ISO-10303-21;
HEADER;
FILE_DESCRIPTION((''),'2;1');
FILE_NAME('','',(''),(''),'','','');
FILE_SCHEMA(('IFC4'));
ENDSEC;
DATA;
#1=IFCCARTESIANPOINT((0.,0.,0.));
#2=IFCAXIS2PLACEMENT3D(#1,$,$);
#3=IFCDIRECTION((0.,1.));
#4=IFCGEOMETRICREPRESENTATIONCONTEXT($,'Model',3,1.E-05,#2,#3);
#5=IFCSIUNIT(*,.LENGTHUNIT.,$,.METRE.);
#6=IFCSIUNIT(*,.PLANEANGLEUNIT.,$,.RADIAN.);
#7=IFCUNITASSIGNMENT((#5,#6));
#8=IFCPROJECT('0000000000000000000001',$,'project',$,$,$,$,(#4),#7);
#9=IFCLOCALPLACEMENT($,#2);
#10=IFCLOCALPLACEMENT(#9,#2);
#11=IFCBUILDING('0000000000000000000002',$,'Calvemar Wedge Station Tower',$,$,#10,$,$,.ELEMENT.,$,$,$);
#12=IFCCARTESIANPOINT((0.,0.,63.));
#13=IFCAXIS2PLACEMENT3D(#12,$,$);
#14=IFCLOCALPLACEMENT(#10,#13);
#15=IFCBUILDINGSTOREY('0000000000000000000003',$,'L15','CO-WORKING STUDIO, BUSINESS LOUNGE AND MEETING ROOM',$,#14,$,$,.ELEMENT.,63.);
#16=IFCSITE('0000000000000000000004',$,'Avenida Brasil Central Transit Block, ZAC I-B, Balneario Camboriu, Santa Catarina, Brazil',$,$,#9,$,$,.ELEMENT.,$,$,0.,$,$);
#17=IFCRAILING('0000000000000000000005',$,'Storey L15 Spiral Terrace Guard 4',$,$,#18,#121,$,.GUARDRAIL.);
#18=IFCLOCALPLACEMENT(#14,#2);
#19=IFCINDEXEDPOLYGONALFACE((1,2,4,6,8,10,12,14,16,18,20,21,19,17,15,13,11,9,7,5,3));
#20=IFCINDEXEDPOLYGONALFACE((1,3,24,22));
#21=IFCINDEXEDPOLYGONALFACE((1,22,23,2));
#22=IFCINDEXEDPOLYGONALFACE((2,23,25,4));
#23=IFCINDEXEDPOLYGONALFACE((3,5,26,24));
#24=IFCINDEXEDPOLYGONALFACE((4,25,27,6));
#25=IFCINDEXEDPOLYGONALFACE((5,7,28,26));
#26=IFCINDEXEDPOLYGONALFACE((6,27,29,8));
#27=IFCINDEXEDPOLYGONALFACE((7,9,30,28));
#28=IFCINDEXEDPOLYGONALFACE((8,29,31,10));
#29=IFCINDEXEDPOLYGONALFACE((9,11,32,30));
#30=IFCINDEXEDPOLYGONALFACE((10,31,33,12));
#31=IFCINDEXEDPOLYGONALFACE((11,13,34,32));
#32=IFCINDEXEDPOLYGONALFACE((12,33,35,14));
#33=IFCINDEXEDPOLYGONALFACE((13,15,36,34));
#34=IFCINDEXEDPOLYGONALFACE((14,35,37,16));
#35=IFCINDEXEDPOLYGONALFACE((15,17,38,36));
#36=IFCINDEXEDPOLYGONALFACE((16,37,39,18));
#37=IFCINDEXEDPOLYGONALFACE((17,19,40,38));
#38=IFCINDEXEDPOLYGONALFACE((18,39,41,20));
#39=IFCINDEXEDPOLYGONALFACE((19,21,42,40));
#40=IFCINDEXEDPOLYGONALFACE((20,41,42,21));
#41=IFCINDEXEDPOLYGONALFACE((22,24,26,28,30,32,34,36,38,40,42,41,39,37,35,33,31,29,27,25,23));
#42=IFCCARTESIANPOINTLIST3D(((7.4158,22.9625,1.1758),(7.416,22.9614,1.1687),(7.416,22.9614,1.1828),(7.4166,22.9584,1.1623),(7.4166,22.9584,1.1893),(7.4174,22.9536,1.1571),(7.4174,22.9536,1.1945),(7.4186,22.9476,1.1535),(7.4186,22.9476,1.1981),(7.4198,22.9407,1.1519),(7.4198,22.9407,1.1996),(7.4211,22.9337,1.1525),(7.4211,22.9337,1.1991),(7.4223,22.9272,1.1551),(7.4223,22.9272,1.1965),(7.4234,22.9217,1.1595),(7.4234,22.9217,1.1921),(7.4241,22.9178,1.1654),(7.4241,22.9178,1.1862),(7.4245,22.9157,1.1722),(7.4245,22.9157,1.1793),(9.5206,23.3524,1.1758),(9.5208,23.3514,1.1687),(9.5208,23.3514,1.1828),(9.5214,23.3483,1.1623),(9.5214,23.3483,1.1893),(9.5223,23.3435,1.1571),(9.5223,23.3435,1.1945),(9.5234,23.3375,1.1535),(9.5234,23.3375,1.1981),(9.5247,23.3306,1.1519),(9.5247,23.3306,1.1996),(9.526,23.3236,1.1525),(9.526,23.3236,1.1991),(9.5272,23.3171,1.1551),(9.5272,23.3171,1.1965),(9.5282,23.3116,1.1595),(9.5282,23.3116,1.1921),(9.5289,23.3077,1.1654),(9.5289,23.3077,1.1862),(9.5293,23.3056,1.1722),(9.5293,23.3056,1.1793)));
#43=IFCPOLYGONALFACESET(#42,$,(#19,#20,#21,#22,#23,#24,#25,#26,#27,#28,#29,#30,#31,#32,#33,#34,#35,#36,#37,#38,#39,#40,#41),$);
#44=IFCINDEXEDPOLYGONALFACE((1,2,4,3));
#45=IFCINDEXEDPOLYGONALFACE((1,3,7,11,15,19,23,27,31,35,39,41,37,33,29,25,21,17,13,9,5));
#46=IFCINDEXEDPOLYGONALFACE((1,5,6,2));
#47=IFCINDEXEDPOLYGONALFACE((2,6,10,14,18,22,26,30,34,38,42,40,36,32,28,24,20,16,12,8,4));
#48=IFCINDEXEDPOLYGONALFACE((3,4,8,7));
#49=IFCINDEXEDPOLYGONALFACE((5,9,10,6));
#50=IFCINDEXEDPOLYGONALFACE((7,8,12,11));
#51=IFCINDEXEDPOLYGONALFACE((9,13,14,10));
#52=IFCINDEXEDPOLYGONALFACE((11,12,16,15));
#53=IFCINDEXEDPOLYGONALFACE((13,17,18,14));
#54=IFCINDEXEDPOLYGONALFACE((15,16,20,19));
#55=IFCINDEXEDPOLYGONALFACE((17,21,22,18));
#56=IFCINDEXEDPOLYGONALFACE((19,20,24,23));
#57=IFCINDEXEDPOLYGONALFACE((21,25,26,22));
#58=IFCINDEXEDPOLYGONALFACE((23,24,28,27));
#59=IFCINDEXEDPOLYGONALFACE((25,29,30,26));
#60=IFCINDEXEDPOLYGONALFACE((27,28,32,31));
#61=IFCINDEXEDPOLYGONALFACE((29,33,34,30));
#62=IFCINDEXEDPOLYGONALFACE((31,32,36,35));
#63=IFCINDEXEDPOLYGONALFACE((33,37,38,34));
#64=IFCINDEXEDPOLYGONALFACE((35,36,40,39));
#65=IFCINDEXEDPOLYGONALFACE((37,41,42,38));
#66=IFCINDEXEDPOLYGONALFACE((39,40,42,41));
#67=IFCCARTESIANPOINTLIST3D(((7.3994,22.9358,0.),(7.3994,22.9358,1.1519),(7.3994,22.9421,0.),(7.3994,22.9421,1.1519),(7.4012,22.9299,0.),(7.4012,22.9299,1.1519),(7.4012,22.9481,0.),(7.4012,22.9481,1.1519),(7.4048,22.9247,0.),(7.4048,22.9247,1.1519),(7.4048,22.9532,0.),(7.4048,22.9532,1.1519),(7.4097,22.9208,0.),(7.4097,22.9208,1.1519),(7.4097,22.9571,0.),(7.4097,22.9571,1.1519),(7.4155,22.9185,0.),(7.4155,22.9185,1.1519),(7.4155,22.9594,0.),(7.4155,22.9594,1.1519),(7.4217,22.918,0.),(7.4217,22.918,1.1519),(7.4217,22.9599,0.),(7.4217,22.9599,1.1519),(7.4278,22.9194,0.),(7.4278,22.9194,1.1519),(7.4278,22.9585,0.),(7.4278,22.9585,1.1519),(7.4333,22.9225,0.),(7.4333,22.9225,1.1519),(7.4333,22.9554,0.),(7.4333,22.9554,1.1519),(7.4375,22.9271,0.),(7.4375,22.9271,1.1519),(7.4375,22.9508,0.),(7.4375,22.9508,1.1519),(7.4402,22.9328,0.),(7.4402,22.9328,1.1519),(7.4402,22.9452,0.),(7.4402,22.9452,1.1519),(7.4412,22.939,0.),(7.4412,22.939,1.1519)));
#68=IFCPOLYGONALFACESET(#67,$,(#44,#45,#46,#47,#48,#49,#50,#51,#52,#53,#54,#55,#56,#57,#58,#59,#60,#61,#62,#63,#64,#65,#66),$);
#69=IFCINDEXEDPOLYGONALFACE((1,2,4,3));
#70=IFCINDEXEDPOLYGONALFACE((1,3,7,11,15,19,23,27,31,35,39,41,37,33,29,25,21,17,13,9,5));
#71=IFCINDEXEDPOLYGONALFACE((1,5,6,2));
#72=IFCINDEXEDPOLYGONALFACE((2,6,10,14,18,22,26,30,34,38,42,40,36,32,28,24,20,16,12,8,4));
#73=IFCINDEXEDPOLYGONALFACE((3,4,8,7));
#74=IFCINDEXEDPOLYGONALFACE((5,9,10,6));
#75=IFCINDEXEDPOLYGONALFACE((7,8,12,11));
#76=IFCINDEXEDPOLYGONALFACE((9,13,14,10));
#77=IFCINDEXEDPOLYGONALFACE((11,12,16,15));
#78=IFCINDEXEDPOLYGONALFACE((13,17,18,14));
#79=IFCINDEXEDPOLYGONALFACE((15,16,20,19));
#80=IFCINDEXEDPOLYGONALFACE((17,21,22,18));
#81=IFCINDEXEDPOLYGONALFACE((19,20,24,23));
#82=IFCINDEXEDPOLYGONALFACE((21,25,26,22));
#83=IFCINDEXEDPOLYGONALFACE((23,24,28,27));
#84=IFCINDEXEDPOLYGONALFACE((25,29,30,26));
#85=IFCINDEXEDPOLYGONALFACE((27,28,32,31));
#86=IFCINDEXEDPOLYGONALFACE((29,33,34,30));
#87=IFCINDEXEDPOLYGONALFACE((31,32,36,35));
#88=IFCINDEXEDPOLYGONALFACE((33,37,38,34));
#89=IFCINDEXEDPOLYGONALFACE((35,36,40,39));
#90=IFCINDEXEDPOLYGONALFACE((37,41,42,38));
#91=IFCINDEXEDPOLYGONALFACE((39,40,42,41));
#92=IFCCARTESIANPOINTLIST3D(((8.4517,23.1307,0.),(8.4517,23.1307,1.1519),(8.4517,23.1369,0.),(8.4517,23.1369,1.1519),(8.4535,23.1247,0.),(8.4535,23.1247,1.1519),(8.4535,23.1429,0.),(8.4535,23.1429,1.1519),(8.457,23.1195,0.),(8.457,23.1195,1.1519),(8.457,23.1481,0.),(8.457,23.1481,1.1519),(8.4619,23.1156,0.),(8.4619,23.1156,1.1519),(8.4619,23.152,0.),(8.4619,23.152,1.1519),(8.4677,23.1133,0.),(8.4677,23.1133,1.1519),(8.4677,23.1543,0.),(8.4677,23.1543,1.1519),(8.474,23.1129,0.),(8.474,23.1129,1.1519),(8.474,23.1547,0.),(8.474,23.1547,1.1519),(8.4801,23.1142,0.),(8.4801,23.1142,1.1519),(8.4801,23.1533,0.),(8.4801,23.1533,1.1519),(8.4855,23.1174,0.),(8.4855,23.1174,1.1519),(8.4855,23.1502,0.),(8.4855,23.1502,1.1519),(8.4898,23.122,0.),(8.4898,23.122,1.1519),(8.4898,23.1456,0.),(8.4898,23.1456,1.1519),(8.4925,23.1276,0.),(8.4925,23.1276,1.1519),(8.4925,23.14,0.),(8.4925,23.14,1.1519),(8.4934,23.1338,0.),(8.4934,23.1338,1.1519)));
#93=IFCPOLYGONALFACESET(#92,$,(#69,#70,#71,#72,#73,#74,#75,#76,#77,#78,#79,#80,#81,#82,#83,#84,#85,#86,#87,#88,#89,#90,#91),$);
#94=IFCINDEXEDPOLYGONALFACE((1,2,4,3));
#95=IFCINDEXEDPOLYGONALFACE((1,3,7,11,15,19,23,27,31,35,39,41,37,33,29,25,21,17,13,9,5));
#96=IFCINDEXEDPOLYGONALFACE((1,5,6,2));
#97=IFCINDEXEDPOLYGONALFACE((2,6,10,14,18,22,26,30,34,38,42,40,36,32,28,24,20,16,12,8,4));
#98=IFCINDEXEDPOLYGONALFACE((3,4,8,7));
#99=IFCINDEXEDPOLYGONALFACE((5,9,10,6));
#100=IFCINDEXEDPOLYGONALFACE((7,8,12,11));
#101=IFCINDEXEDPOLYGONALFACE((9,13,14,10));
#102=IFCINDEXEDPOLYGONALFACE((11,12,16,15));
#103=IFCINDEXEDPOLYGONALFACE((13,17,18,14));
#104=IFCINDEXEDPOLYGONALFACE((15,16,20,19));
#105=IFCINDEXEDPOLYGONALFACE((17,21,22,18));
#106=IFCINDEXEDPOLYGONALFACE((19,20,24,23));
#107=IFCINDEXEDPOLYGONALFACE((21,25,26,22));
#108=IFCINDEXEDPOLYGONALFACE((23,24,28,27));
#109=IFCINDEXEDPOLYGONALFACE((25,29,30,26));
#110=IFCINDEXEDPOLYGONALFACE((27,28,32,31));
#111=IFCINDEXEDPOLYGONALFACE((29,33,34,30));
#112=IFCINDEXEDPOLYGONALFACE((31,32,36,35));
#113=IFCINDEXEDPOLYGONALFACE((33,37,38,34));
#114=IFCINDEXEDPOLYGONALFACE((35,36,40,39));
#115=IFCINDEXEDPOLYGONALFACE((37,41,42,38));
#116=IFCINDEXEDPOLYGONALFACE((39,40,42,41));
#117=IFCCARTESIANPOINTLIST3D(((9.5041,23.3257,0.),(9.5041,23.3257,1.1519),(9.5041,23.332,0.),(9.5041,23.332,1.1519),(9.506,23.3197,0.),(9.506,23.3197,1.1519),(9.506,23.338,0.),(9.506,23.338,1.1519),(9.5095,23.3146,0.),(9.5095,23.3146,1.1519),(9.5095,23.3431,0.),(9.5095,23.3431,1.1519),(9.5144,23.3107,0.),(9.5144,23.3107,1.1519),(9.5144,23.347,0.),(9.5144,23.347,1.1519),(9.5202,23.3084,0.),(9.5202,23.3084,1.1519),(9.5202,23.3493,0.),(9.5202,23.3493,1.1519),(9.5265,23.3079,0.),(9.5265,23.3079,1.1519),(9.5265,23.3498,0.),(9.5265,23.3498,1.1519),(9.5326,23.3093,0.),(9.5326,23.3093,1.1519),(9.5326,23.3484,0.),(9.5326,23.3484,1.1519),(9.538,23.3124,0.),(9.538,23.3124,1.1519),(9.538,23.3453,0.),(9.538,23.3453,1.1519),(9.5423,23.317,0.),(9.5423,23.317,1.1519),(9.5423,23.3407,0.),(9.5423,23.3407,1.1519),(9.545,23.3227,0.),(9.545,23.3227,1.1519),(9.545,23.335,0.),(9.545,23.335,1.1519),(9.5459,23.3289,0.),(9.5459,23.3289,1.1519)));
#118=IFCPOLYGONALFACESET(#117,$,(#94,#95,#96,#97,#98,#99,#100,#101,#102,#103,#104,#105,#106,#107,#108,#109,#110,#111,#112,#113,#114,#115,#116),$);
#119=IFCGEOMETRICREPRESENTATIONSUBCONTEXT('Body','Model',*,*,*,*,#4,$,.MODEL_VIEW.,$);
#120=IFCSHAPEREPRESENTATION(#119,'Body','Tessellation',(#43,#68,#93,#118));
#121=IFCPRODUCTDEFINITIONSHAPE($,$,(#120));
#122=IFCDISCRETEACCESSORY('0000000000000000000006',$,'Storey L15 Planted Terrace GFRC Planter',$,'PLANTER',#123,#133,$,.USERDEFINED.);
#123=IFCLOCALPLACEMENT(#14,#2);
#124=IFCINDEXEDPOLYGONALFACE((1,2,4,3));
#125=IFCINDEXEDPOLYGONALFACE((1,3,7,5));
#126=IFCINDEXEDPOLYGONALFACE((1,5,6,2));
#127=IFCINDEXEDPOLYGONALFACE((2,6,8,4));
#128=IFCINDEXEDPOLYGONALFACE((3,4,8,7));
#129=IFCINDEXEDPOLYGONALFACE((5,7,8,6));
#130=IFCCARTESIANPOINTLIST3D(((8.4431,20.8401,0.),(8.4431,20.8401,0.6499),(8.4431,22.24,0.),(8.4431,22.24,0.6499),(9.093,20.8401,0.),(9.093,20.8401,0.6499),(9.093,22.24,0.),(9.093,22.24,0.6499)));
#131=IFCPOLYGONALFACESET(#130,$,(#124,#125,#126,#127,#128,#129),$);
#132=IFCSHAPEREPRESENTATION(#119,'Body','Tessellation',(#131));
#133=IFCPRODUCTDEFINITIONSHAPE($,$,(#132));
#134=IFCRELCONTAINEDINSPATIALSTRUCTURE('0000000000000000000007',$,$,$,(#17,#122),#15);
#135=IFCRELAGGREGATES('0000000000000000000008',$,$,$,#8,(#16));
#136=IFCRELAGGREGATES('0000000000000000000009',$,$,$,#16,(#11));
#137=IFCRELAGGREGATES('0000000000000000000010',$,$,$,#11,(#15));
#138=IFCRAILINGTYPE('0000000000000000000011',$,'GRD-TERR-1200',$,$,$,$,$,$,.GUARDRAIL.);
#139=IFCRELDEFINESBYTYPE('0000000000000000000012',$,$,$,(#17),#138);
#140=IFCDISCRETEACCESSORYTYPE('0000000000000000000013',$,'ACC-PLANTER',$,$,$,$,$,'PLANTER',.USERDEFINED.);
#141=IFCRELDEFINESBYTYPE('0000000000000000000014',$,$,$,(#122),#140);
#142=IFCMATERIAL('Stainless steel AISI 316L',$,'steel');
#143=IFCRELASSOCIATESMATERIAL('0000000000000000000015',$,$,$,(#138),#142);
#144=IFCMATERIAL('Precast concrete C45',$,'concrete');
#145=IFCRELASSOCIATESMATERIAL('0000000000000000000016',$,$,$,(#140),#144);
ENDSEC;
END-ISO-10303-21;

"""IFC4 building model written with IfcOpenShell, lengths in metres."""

from ifc_helpers import new_model, si_unit, direction, frame, origin, origin_2d, place, context, subcontext, project, spatial, rectangle, circle, extrude, source, transform, mapped, material, type_object, element, save


model = new_model("IFC4")

# Units and contexts
model_context = context("Model", 3, precision=1e-05, world=origin(), true_north=direction((0.0, 1.0)))
body_context = subcontext(model_context, "Body", "Model", "MODEL_VIEW")
ifc_project = project(units=[si_unit("LENGTHUNIT", "METRE"), si_unit("PLANEANGLEUNIT", "RADIAN")], contexts=[model_context])

# Site, building, storey
site_placement = place(None, origin())
site = spatial("IfcSite", under=ifc_project, at=site_placement, Name="Avenida Brasil Central Transit Block, ZAC I-B, Balneario Camboriu, Santa Catarina, Brazil", CompositionType="ELEMENT", RefElevation=0.0)
building_placement = place(site_placement, origin())
building = spatial("IfcBuilding", under=site, at=building_placement, Name="Calvemar Wedge Station Tower", CompositionType="ELEMENT")
storey_placement = place(building_placement, frame((0.0, 0.0, 63.0)))
storey = spatial("IfcBuildingStorey", under=building, at=storey_placement, Name="L15", Description="CO-WORKING STUDIO, BUSINESS LOUNGE AND MEETING ROOM", CompositionType="ELEMENT", Elevation=63.0)

# Shared definitions
ifc_material_1 = material(Name="Precast concrete C45", Category="concrete")

# Railing
ifc_material_2 = material(Name="Stainless steel AISI 316L", Category="steel")
railing_type = type_object("IfcRailingType", Name="GRD-TERR-1200", PredefinedType="GUARDRAIL", material=ifc_material_2)
railing_1_placement = place(storey_placement, frame((7.4202, 22.939, 0.0)))
element("IfcRailing", 1, at=railing_1_placement, inside=storey, type_object=railing_type, Name="Storey L15 Spiral Terrace Guard 4", PredefinedType="GUARDRAIL", context=body_context, shape_type="SweptSolid", body=[
    extrude(circle(Radius=0.0239, at=origin_2d()), frame((0.0, 0.0, 1.1758), z_axis=(0.983271, 0.182146, 0.0), x_axis=(-0.182146, 0.983271, 0.0)), (0.0, 0.0, 1.0), 2.1406),
    extrude(circle(Radius=0.021, at=origin_2d()), origin(), (0.0, 0.0, 1.0), 1.1519),
    extrude(circle(Radius=0.021, at=origin_2d()), frame((1.0522, 0.1948, 0.0)), (0.0, 0.0, 1.0), 1.1519),
    extrude(circle(Radius=0.021, at=origin_2d()), frame((2.1047, 0.3899, 0.0)), (0.0, 0.0, 1.0), 1.1519),
])

# Discrete accessory
discrete_accessory_type = type_object("IfcDiscreteAccessoryType", Name="ACC-PLANTER", ElementType="PLANTER", PredefinedType="USERDEFINED", material=ifc_material_1)
shared_shape_1 = source(origin(), body_context, "Body", "SweptSolid", [
    extrude(rectangle(XDim=0.6499, YDim=1.3999, at=origin_2d()), origin(), (0.0, 0.0, 1.0), 0.6499),
])
discrete_accessory_placement = place(storey_placement, frame((8.7681, 21.54, 0.0), z_axis=(0.0, 0.0, 1.0), x_axis=(1.0, 0.0, 0.0)))
element("IfcDiscreteAccessory", 2, at=discrete_accessory_placement, inside=storey, type_object=discrete_accessory_type, Name="Storey L15 Planted Terrace GFRC Planter", ObjectType="PLANTER", PredefinedType="USERDEFINED", context=body_context, shape_type="MappedRepresentation", body=[
    mapped(shared_shape_1, transform((0.0, 0.0, 0.0), scale=1.0)),
])

save(model, "model.ifc")
